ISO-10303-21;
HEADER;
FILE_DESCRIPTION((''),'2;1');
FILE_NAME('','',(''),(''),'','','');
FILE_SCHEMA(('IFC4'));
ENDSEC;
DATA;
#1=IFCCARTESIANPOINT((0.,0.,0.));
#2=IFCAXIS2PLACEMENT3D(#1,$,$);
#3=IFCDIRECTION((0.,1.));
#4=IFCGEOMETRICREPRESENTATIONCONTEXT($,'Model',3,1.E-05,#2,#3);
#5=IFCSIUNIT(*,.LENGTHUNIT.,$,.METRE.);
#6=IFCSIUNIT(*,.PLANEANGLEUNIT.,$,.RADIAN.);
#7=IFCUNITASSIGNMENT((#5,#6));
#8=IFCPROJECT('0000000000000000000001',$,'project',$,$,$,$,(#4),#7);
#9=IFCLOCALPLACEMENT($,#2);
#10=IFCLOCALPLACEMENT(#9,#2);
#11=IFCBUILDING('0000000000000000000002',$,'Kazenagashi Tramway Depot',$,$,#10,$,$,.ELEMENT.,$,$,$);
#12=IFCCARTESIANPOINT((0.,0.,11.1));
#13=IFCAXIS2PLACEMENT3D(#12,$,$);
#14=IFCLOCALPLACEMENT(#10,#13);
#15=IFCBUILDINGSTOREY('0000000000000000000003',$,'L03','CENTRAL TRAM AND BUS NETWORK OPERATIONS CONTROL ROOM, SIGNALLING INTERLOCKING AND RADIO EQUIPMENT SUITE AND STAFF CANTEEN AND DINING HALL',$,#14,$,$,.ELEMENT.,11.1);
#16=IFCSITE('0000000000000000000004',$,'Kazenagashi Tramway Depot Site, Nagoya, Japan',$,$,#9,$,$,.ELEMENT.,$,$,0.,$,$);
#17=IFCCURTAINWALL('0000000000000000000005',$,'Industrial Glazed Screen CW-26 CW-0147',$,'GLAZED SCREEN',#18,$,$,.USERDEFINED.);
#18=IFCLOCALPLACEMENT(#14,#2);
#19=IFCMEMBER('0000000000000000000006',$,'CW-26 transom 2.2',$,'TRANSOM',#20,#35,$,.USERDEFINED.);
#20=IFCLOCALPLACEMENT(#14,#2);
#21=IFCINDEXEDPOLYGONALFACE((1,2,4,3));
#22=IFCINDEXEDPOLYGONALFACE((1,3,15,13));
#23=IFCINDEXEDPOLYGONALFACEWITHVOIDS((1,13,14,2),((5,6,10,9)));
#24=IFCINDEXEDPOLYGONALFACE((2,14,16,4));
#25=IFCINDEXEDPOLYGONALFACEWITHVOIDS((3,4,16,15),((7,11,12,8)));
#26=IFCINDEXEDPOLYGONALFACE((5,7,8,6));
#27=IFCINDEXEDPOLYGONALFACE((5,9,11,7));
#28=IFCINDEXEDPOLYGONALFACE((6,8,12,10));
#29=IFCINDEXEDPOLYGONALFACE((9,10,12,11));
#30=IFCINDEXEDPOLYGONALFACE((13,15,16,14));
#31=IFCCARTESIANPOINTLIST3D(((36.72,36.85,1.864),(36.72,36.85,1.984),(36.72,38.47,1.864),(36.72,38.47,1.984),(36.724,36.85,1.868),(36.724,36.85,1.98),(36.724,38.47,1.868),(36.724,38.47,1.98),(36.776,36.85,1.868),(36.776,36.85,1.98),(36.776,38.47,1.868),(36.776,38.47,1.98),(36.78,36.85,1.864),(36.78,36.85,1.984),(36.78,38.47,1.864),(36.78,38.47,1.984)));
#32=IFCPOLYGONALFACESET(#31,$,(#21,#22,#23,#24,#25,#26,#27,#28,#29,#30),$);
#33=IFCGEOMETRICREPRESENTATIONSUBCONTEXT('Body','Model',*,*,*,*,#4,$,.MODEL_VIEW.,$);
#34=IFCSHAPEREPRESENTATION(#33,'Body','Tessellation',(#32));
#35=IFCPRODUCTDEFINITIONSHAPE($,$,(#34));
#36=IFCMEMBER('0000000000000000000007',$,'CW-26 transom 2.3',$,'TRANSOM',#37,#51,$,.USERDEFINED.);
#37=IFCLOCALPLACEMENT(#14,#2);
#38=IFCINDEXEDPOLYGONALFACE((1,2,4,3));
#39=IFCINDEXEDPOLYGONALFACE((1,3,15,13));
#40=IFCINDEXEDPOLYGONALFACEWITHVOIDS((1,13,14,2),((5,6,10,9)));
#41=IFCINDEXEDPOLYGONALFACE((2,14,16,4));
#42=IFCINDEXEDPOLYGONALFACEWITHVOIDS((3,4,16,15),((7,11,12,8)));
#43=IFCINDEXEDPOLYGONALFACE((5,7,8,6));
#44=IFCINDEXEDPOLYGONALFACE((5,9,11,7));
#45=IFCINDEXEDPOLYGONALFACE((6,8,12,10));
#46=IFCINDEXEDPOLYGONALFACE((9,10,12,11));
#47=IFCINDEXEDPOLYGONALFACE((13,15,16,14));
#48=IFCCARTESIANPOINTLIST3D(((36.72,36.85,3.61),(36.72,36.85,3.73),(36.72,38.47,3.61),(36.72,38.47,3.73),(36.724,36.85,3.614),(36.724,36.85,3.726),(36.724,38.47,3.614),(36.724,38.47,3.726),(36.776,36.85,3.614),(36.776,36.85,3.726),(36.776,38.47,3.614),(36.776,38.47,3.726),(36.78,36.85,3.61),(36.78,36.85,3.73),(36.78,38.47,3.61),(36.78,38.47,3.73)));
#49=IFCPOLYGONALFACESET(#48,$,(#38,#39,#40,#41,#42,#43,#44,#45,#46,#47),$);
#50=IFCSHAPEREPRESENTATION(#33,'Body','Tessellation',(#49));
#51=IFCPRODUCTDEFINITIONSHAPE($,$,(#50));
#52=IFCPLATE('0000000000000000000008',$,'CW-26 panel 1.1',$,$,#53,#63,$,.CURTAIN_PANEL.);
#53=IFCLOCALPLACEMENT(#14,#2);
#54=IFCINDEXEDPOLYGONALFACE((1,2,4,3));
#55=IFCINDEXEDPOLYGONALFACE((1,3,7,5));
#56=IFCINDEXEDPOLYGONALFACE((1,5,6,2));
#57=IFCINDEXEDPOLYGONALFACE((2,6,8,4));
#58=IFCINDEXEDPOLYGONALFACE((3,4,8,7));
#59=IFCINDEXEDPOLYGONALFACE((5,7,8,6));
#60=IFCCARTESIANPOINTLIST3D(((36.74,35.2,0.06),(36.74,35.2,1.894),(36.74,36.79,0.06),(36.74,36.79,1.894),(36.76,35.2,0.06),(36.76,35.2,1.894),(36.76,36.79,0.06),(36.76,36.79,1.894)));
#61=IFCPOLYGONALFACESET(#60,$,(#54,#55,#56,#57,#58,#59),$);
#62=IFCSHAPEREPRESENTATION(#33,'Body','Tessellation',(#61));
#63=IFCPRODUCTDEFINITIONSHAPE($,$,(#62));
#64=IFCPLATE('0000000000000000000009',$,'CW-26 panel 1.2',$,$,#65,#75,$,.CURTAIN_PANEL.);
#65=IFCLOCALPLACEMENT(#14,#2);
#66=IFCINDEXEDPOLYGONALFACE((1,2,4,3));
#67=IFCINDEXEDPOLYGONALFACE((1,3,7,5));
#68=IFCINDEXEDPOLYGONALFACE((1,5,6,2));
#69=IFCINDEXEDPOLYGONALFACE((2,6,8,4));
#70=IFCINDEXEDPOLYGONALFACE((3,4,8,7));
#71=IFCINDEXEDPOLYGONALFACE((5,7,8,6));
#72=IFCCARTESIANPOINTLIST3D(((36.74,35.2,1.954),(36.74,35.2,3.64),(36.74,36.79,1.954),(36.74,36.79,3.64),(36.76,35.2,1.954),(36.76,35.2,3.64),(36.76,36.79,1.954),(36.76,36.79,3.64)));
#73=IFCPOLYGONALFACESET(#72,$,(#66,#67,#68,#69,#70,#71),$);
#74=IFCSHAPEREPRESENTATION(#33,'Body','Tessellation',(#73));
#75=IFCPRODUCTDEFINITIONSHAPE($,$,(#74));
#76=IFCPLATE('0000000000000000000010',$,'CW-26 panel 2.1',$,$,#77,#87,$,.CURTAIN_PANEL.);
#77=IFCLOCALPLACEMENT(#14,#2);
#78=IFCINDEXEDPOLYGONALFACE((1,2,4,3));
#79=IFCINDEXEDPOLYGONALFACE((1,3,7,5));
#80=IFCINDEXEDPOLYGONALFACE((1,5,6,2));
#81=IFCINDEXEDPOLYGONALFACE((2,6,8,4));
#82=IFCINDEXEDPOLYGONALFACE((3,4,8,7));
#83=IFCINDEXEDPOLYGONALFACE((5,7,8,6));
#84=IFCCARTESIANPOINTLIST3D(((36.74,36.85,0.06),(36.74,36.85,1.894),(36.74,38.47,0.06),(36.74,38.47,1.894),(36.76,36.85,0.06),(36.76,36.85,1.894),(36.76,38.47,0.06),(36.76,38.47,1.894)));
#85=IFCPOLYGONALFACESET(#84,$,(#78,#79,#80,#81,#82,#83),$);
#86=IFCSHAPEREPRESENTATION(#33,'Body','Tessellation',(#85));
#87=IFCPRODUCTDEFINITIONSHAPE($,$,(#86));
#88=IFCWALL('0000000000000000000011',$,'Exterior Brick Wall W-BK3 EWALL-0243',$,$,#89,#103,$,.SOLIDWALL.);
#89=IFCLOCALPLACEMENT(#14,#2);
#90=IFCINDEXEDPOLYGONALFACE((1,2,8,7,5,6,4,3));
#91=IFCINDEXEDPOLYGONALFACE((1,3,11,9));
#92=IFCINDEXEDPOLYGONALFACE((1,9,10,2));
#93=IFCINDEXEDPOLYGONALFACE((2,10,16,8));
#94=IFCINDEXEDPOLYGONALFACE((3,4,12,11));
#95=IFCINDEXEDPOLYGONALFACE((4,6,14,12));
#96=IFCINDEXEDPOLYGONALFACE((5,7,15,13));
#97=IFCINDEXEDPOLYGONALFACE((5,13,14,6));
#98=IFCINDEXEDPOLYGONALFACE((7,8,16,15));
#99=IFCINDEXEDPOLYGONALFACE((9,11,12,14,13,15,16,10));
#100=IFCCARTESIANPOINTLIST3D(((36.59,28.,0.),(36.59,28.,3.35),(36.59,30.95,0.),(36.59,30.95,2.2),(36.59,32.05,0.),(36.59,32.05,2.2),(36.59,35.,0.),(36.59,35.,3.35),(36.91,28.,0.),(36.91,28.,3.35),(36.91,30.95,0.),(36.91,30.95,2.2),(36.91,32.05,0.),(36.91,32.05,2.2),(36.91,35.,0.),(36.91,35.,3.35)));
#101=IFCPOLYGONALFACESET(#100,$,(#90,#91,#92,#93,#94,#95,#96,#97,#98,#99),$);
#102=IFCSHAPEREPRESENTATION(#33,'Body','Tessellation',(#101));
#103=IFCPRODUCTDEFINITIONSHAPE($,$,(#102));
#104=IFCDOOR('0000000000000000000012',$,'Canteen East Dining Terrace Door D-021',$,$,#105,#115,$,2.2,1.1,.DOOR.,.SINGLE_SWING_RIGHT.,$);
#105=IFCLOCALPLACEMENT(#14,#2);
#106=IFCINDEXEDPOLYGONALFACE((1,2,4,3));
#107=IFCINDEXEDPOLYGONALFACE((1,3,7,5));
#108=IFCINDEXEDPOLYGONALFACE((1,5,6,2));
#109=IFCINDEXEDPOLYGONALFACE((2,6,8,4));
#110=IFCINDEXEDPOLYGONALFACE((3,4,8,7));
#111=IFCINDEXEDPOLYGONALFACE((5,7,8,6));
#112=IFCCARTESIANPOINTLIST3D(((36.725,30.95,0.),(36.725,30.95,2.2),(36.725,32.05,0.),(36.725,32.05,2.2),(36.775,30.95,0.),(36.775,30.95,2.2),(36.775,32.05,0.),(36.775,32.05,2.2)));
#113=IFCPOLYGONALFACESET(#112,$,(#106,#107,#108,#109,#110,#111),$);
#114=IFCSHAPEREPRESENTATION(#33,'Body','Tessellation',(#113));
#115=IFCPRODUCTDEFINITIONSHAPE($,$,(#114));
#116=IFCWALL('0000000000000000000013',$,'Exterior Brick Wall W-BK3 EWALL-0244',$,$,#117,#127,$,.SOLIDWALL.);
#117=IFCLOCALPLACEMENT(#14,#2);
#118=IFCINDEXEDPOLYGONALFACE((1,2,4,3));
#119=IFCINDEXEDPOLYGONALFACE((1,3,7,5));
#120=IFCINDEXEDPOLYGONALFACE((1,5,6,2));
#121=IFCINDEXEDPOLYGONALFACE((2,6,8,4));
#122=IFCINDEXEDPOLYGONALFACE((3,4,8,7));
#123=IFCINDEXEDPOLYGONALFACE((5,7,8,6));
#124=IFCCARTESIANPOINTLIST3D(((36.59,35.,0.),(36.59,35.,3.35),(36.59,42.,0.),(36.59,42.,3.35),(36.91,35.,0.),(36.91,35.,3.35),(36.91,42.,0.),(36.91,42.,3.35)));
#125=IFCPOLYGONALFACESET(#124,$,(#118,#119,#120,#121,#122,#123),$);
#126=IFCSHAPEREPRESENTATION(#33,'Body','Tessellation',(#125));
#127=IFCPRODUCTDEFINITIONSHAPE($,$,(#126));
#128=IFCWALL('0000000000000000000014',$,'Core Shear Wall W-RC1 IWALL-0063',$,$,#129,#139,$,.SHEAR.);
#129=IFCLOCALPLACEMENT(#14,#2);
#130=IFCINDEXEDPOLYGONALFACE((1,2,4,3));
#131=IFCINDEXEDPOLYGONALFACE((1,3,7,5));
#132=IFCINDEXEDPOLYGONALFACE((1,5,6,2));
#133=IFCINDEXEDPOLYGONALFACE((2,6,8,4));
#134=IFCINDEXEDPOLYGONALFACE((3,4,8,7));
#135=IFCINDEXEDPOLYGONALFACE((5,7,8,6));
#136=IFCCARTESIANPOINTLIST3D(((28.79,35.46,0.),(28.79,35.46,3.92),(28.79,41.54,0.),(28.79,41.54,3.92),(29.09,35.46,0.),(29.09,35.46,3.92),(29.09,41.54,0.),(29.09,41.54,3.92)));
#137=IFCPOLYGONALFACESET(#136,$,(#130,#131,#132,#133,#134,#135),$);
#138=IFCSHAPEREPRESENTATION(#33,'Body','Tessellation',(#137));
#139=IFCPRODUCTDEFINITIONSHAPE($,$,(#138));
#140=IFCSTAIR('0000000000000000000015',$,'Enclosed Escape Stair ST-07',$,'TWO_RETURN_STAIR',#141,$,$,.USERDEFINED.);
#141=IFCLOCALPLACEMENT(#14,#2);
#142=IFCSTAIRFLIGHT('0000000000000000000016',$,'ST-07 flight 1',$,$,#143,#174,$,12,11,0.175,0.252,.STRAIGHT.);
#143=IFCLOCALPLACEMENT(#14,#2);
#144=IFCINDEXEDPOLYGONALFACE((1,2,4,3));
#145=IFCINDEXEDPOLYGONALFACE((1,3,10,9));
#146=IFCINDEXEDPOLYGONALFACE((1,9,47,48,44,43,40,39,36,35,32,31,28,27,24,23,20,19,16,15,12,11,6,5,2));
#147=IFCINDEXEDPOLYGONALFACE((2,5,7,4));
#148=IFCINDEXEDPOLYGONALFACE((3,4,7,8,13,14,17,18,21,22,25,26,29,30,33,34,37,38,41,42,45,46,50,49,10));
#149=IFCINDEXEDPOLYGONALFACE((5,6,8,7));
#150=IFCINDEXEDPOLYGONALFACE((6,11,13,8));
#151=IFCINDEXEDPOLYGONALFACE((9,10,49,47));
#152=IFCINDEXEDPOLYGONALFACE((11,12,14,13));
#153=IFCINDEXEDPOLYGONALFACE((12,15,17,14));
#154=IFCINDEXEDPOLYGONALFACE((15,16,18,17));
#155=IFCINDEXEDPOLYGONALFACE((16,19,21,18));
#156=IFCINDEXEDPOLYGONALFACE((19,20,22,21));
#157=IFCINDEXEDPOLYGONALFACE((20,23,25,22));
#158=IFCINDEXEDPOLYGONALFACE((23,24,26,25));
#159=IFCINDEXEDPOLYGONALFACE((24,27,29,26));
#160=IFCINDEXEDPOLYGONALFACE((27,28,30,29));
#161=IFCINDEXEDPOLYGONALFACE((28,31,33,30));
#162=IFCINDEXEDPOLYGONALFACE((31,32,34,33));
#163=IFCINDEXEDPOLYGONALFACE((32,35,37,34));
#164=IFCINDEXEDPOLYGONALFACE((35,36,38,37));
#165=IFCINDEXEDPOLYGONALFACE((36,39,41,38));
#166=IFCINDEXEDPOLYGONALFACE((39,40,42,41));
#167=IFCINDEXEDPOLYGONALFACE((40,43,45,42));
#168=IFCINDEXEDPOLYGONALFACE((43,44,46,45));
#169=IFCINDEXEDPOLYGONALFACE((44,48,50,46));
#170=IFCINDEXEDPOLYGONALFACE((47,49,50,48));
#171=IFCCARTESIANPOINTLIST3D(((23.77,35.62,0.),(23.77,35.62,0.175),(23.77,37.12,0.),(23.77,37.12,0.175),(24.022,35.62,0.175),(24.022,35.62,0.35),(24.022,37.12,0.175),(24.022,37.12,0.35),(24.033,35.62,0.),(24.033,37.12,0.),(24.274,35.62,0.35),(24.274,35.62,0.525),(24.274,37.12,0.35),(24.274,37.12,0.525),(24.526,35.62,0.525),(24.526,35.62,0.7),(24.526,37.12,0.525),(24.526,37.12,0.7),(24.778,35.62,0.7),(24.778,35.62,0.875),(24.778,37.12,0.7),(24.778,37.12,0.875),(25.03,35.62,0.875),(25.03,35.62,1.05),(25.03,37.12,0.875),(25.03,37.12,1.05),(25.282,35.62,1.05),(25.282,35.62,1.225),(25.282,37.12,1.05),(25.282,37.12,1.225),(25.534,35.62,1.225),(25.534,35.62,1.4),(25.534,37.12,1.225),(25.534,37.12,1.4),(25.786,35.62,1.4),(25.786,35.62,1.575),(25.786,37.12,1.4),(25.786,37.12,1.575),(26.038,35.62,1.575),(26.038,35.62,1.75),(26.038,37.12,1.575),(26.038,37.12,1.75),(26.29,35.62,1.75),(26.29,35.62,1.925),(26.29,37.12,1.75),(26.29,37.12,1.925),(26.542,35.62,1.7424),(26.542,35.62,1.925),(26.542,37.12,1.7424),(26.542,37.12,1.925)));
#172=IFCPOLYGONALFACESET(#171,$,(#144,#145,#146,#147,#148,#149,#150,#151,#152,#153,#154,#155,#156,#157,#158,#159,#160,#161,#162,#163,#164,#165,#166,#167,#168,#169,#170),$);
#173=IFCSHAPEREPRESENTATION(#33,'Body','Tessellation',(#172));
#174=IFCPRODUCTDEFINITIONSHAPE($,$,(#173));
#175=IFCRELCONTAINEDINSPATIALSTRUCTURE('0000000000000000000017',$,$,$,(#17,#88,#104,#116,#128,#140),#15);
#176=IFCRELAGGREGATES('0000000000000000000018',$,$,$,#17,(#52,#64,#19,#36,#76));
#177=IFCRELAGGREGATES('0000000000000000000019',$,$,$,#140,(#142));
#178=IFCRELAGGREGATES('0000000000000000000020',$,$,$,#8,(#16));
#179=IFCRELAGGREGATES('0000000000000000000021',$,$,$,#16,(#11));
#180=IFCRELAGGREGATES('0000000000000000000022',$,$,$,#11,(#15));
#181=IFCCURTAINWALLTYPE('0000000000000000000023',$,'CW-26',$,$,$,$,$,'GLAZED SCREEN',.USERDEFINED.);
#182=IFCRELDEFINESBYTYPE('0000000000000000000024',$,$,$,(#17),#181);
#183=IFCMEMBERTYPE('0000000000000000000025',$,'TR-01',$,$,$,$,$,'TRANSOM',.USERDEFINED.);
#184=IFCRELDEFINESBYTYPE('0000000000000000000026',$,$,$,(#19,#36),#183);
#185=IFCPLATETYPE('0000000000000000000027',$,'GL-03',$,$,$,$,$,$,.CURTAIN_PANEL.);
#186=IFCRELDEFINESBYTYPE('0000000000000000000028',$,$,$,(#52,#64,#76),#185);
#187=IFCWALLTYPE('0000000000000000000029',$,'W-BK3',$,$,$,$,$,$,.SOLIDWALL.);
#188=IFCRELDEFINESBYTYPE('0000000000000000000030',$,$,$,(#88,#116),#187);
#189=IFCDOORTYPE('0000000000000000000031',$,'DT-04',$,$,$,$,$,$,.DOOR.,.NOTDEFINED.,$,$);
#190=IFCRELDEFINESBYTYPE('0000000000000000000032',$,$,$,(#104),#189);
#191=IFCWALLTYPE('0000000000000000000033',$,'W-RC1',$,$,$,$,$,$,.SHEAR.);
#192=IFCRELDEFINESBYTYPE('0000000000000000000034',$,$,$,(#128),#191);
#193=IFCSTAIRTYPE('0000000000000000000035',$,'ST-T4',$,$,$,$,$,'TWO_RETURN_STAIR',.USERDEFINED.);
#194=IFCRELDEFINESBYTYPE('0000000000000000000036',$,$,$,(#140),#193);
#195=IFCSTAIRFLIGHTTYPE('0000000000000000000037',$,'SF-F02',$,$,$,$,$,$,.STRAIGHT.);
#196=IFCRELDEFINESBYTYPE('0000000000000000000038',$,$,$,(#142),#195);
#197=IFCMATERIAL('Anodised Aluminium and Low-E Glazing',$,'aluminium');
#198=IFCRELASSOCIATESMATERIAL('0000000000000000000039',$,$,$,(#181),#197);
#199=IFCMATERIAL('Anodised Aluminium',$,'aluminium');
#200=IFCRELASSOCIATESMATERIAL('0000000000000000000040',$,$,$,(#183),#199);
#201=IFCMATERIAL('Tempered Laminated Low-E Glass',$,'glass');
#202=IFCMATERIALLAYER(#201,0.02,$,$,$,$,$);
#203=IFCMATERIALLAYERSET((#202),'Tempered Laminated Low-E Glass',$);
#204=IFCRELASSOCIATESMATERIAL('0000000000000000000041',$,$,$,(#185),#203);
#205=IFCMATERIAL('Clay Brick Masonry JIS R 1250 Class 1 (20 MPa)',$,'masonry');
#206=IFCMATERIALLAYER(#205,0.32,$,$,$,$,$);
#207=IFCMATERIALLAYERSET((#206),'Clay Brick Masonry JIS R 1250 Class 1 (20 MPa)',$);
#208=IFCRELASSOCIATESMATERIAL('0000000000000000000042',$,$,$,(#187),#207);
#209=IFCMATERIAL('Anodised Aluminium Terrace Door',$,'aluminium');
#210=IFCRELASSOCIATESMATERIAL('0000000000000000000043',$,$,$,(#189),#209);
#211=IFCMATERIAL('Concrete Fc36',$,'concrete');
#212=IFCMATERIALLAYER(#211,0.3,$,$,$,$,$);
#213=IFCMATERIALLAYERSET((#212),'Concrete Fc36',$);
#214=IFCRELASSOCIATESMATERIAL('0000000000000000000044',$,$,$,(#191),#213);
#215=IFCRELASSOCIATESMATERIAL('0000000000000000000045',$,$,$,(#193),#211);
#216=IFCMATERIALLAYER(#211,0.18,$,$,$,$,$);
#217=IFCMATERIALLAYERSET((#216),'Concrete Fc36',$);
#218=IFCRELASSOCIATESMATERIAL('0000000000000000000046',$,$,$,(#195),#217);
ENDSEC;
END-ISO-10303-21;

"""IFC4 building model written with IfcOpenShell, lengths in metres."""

from ifc_helpers import new_model, si_unit, direction, frame, frame_2d, origin, origin_2d, place, context, subcontext, project, spatial, polyline, rectangle, hollow_rectangle, outline, extrude, material, layer, layer_set, material_profile, profile_set, type_object, element, fill, aggregate, save


model = new_model("IFC4")

# Units and contexts
model_context = context("Model", 3, precision=1e-05, world=origin(), true_north=direction((0.0, 1.0)))
body_context = subcontext(model_context, "Body", "Model", "MODEL_VIEW")
ifc_project = project(units=[si_unit("LENGTHUNIT", "METRE"), si_unit("PLANEANGLEUNIT", "RADIAN")], contexts=[model_context])

# Site, building, storey
site_placement = place(None, origin())
site = spatial("IfcSite", under=ifc_project, at=site_placement, Name="Kazenagashi Tramway Depot Site, Nagoya, Japan", CompositionType="ELEMENT", RefElevation=0.0)
building_placement = place(site_placement, origin())
building = spatial("IfcBuilding", under=site, at=building_placement, Name="Kazenagashi Tramway Depot", CompositionType="ELEMENT")
storey_placement = place(building_placement, frame((0.0, 0.0, 11.1)))
storey = spatial("IfcBuildingStorey", under=building, at=storey_placement, Name="L03", Description="CENTRAL TRAM AND BUS NETWORK OPERATIONS CONTROL ROOM, SIGNALLING INTERLOCKING AND RADIO EQUIPMENT SUITE AND STAFF CANTEEN AND DINING HALL", CompositionType="ELEMENT", Elevation=11.1)

# Curtain wall
ifc_material_1 = material(Name="Anodised Aluminium and Low-E Glazing", Category="aluminium")
curtain_wall_type = type_object("IfcCurtainWallType", Name="CW-26", ElementType="GLAZED SCREEN", PredefinedType="USERDEFINED", material=ifc_material_1)
curtain_wall_placement = place(storey_placement, origin())
curtain_wall = element("IfcCurtainWall", 1, at=curtain_wall_placement, inside=storey, type_object=curtain_wall_type, Name="Industrial Glazed Screen CW-26 CW-0147", ObjectType="GLAZED SCREEN", PredefinedType="USERDEFINED")
ifc_material_2 = material(Name="Anodised Aluminium", Category="aluminium")

# Members
ifc_material_profile_1 = material_profile(ifc_material_2, hollow_rectangle(XDim=0.06, YDim=0.12, WallThickness=0.004, at=origin_2d()), Name="RHS-120x60x4")
ifc_profile_set_1 = profile_set([ifc_material_profile_1], Name="Anodised Aluminium")
member_type_1 = type_object("IfcMemberType", Name="TR-01", ElementType="TRANSOM", PredefinedType="USERDEFINED", material=ifc_profile_set_1)
member_1_placement = place(storey_placement, frame((36.75, 36.85, 1.924), z_axis=(0.0, 1.0, 0.0), x_axis=(-1.0, 0.0, 0.0)))
member_1 = element("IfcMember", 2, at=member_1_placement, type_object=member_type_1, Name="CW-26 transom 2.2", ObjectType="TRANSOM", PredefinedType="USERDEFINED", context=body_context, shape_type="SweptSolid", body=[
    extrude(hollow_rectangle(XDim=0.06, YDim=0.12, WallThickness=0.004, at=origin_2d()), origin(), (0.0, 0.0, 1.0), 1.62),
])
member_2_placement = place(storey_placement, frame((36.75, 36.85, 3.67), z_axis=(0.0, 1.0, 0.0), x_axis=(-1.0, 0.0, 0.0)))
member_2 = element("IfcMember", 3, at=member_2_placement, type_object=member_type_1, Name="CW-26 transom 2.3", ObjectType="TRANSOM", PredefinedType="USERDEFINED", context=body_context, shape_type="SweptSolid", body=[
    extrude(hollow_rectangle(XDim=0.06, YDim=0.12, WallThickness=0.004, at=origin_2d()), origin(), (0.0, 0.0, 1.0), 1.62),
])

# Plates
ifc_material_3 = material(Name="Tempered Laminated Low-E Glass", Category="glass")
ifc_layer_1 = layer(ifc_material_3, 0.02)
ifc_layer_set_1 = layer_set([ifc_layer_1], Name="Tempered Laminated Low-E Glass")
plate_type = type_object("IfcPlateType", Name="GL-03", PredefinedType="CURTAIN_PANEL", material=ifc_layer_set_1)
plate_1_placement = place(storey_placement, frame((36.75, 35.995, 0.06), z_axis=(0.0, 0.0, 1.0), x_axis=(0.0, 1.0, 0.0)))
plate_1 = element("IfcPlate", 4, at=plate_1_placement, type_object=plate_type, Name="CW-26 panel 1.1", PredefinedType="CURTAIN_PANEL", context=body_context, shape_type="SweptSolid", body=[
    extrude(rectangle(XDim=1.59, YDim=0.02, at=origin_2d()), origin(), (0.0, 0.0, 1.0), 1.834),
])
plate_2_placement = place(storey_placement, frame((36.75, 35.995, 1.954), z_axis=(0.0, 0.0, 1.0), x_axis=(0.0, 1.0, 0.0)))
plate_2 = element("IfcPlate", 5, at=plate_2_placement, type_object=plate_type, Name="CW-26 panel 1.2", PredefinedType="CURTAIN_PANEL", context=body_context, shape_type="SweptSolid", body=[
    extrude(rectangle(XDim=1.59, YDim=0.02, at=origin_2d()), origin(), (0.0, 0.0, 1.0), 1.686),
])
plate_3_placement = place(storey_placement, frame((36.75, 37.66, 0.06), z_axis=(0.0, 0.0, 1.0), x_axis=(0.0, 1.0, 0.0)))
plate_3 = element("IfcPlate", 6, at=plate_3_placement, type_object=plate_type, Name="CW-26 panel 2.1", PredefinedType="CURTAIN_PANEL", context=body_context, shape_type="SweptSolid", body=[
    extrude(rectangle(XDim=1.62, YDim=0.02, at=origin_2d()), origin(), (0.0, 0.0, 1.0), 1.834),
])
aggregate(curtain_wall, [plate_1, plate_2, member_1, member_2, plate_3])

# Wall, opening, door
ifc_material_4 = material(Name="Clay Brick Masonry JIS R 1250 Class 1 (20 MPa)", Category="masonry")
ifc_layer_2 = layer(ifc_material_4, 0.32)
ifc_layer_set_2 = layer_set([ifc_layer_2], Name="Clay Brick Masonry JIS R 1250 Class 1 (20 MPa)")
wall_type_1 = type_object("IfcWallType", Name="W-BK3", PredefinedType="SOLIDWALL", material=ifc_layer_set_2)
wall_1_placement = place(storey_placement, frame((36.75, 28.0, 0.0), z_axis=(0.0, 0.0, 1.0), x_axis=(0.0, 1.0, 0.0)))
wall_1 = element("IfcWall", 7, at=wall_1_placement, inside=storey, type_object=wall_type_1, Name="Exterior Brick Wall W-BK3 EWALL-0243", PredefinedType="SOLIDWALL", context=body_context, shape_type="SweptSolid", body=[
    extrude(rectangle(XDim=7.0, YDim=0.32, at=frame_2d((3.5, 0.0))), origin(), (0.0, 0.0, 1.0), 3.35),
])
opening_placement = place(wall_1_placement, frame((2.95, 0.0, 0.0)))
opening = element("IfcOpeningElement", 8, at=opening_placement, cuts=wall_1, PredefinedType="OPENING", context=body_context, shape_type="SweptSolid", body=[
    extrude(rectangle(XDim=1.1, YDim=2.2, at=frame_2d((0.55, 1.1))), frame((0.0, 0.17, 0.0), z_axis=(0.0, -1.0, 0.0), x_axis=(1.0, 0.0, 0.0)), (0.0, 0.0, 1.0), 0.34),
])
ifc_material_5 = material(Name="Anodised Aluminium Terrace Door", Category="aluminium")
door_type = type_object("IfcDoorType", Name="DT-04", OperationType="NOTDEFINED", PredefinedType="DOOR", material=ifc_material_5)
door_placement = place(opening_placement, frame((1.1, 0.0, 0.0), z_axis=(0.0, 0.0, 1.0), x_axis=(-1.0, 0.0, 0.0)))
door = element("IfcDoor", 9, at=door_placement, inside=storey, type_object=door_type, Name="Canteen East Dining Terrace Door D-021", OperationType="SINGLE_SWING_RIGHT", OverallHeight=2.2, OverallWidth=1.1, PredefinedType="DOOR", context=body_context, shape_type="SweptSolid", body=[
    extrude(rectangle(XDim=1.1, YDim=2.2, at=frame_2d((0.55, 1.1))), frame((0.0, 0.025, 0.0), z_axis=(0.0, -1.0, 0.0), x_axis=(1.0, 0.0, 0.0)), (0.0, 0.0, 1.0), 0.05),
])
fill(opening, door)

# Walls
wall_2_placement = place(storey_placement, frame((36.75, 35.0, 0.0), z_axis=(0.0, 0.0, 1.0), x_axis=(0.0, 1.0, 0.0)))
element("IfcWall", 10, at=wall_2_placement, inside=storey, type_object=wall_type_1, Name="Exterior Brick Wall W-BK3 EWALL-0244", PredefinedType="SOLIDWALL", context=body_context, shape_type="SweptSolid", body=[
    extrude(rectangle(XDim=7.0, YDim=0.32, at=frame_2d((3.5, 0.0))), origin(), (0.0, 0.0, 1.0), 3.35),
])
ifc_material_6 = material(Name="Concrete Fc36", Category="concrete")
ifc_layer_3 = layer(ifc_material_6, 0.3)
ifc_layer_set_3 = layer_set([ifc_layer_3], Name="Concrete Fc36")
wall_type_2 = type_object("IfcWallType", Name="W-RC1", PredefinedType="SHEAR", material=ifc_layer_set_3)
wall_3_placement = place(storey_placement, frame((28.94, 35.46, 0.0), z_axis=(0.0, 0.0, 1.0), x_axis=(0.0, 1.0, 0.0)))
element("IfcWall", 11, at=wall_3_placement, inside=storey, type_object=wall_type_2, Name="Core Shear Wall W-RC1 IWALL-0063", PredefinedType="SHEAR", context=body_context, shape_type="SweptSolid", body=[
    extrude(rectangle(XDim=6.08, YDim=0.3, at=frame_2d((3.04, 0.0))), origin(), (0.0, 0.0, 1.0), 3.92),
])

# Stair, stair flight
stair_type = type_object("IfcStairType", Name="ST-T4", ElementType="TWO_RETURN_STAIR", PredefinedType="USERDEFINED", material=ifc_material_6)
stair_placement = place(storey_placement, origin())
stair = element("IfcStair", 12, at=stair_placement, inside=storey, type_object=stair_type, Name="Enclosed Escape Stair ST-07", ObjectType="TWO_RETURN_STAIR", PredefinedType="USERDEFINED")
ifc_layer_4 = layer(ifc_material_6, 0.18)
ifc_layer_set_4 = layer_set([ifc_layer_4], Name="Concrete Fc36")
stair_flight_type = type_object("IfcStairFlightType", Name="SF-F02", PredefinedType="STRAIGHT", material=ifc_layer_set_4)
stair_flight_placement = place(storey_placement, frame((23.77, 36.37, 0.0), z_axis=(0.0, 0.0, 1.0), x_axis=(1.0, 0.0, 0.0)))
stair_flight = element("IfcStairFlight", 13, at=stair_flight_placement, type_object=stair_flight_type, Name="ST-07 flight 1", NumberOfRisers=12, NumberOfTreads=11, PredefinedType="STRAIGHT", RiserHeight=0.175, TreadLength=0.252, context=body_context, shape_type="SweptSolid", body=[
    extrude(outline(polyline([(0.0, 0.0), (0.0, 0.175), (0.252, 0.175), (0.252, 0.35), (0.504, 0.35), (0.504, 0.525), (0.756, 0.525), (0.756, 0.7), (1.008, 0.7), (1.008, 0.875), (1.26, 0.875), (1.26, 1.05), (1.512, 1.05), (1.512, 1.225), (1.764, 1.225), (1.764, 1.4), (2.016, 1.4), (2.016, 1.575), (2.268, 1.575), (2.268, 1.75), (2.52, 1.75), (2.52, 1.925), (2.772, 1.925), (2.772, 2.1), (2.772, 1.7424), (0.263, 0.0), (0.0, 0.0)])), frame((0.0, 0.75, 0.0), z_axis=(0.0, -1.0, 0.0), x_axis=(1.0, 0.0, 0.0)), (0.0, 0.0, 1.0), 1.5),
])
aggregate(stair, [stair_flight])

save(model, "model.ifc")
